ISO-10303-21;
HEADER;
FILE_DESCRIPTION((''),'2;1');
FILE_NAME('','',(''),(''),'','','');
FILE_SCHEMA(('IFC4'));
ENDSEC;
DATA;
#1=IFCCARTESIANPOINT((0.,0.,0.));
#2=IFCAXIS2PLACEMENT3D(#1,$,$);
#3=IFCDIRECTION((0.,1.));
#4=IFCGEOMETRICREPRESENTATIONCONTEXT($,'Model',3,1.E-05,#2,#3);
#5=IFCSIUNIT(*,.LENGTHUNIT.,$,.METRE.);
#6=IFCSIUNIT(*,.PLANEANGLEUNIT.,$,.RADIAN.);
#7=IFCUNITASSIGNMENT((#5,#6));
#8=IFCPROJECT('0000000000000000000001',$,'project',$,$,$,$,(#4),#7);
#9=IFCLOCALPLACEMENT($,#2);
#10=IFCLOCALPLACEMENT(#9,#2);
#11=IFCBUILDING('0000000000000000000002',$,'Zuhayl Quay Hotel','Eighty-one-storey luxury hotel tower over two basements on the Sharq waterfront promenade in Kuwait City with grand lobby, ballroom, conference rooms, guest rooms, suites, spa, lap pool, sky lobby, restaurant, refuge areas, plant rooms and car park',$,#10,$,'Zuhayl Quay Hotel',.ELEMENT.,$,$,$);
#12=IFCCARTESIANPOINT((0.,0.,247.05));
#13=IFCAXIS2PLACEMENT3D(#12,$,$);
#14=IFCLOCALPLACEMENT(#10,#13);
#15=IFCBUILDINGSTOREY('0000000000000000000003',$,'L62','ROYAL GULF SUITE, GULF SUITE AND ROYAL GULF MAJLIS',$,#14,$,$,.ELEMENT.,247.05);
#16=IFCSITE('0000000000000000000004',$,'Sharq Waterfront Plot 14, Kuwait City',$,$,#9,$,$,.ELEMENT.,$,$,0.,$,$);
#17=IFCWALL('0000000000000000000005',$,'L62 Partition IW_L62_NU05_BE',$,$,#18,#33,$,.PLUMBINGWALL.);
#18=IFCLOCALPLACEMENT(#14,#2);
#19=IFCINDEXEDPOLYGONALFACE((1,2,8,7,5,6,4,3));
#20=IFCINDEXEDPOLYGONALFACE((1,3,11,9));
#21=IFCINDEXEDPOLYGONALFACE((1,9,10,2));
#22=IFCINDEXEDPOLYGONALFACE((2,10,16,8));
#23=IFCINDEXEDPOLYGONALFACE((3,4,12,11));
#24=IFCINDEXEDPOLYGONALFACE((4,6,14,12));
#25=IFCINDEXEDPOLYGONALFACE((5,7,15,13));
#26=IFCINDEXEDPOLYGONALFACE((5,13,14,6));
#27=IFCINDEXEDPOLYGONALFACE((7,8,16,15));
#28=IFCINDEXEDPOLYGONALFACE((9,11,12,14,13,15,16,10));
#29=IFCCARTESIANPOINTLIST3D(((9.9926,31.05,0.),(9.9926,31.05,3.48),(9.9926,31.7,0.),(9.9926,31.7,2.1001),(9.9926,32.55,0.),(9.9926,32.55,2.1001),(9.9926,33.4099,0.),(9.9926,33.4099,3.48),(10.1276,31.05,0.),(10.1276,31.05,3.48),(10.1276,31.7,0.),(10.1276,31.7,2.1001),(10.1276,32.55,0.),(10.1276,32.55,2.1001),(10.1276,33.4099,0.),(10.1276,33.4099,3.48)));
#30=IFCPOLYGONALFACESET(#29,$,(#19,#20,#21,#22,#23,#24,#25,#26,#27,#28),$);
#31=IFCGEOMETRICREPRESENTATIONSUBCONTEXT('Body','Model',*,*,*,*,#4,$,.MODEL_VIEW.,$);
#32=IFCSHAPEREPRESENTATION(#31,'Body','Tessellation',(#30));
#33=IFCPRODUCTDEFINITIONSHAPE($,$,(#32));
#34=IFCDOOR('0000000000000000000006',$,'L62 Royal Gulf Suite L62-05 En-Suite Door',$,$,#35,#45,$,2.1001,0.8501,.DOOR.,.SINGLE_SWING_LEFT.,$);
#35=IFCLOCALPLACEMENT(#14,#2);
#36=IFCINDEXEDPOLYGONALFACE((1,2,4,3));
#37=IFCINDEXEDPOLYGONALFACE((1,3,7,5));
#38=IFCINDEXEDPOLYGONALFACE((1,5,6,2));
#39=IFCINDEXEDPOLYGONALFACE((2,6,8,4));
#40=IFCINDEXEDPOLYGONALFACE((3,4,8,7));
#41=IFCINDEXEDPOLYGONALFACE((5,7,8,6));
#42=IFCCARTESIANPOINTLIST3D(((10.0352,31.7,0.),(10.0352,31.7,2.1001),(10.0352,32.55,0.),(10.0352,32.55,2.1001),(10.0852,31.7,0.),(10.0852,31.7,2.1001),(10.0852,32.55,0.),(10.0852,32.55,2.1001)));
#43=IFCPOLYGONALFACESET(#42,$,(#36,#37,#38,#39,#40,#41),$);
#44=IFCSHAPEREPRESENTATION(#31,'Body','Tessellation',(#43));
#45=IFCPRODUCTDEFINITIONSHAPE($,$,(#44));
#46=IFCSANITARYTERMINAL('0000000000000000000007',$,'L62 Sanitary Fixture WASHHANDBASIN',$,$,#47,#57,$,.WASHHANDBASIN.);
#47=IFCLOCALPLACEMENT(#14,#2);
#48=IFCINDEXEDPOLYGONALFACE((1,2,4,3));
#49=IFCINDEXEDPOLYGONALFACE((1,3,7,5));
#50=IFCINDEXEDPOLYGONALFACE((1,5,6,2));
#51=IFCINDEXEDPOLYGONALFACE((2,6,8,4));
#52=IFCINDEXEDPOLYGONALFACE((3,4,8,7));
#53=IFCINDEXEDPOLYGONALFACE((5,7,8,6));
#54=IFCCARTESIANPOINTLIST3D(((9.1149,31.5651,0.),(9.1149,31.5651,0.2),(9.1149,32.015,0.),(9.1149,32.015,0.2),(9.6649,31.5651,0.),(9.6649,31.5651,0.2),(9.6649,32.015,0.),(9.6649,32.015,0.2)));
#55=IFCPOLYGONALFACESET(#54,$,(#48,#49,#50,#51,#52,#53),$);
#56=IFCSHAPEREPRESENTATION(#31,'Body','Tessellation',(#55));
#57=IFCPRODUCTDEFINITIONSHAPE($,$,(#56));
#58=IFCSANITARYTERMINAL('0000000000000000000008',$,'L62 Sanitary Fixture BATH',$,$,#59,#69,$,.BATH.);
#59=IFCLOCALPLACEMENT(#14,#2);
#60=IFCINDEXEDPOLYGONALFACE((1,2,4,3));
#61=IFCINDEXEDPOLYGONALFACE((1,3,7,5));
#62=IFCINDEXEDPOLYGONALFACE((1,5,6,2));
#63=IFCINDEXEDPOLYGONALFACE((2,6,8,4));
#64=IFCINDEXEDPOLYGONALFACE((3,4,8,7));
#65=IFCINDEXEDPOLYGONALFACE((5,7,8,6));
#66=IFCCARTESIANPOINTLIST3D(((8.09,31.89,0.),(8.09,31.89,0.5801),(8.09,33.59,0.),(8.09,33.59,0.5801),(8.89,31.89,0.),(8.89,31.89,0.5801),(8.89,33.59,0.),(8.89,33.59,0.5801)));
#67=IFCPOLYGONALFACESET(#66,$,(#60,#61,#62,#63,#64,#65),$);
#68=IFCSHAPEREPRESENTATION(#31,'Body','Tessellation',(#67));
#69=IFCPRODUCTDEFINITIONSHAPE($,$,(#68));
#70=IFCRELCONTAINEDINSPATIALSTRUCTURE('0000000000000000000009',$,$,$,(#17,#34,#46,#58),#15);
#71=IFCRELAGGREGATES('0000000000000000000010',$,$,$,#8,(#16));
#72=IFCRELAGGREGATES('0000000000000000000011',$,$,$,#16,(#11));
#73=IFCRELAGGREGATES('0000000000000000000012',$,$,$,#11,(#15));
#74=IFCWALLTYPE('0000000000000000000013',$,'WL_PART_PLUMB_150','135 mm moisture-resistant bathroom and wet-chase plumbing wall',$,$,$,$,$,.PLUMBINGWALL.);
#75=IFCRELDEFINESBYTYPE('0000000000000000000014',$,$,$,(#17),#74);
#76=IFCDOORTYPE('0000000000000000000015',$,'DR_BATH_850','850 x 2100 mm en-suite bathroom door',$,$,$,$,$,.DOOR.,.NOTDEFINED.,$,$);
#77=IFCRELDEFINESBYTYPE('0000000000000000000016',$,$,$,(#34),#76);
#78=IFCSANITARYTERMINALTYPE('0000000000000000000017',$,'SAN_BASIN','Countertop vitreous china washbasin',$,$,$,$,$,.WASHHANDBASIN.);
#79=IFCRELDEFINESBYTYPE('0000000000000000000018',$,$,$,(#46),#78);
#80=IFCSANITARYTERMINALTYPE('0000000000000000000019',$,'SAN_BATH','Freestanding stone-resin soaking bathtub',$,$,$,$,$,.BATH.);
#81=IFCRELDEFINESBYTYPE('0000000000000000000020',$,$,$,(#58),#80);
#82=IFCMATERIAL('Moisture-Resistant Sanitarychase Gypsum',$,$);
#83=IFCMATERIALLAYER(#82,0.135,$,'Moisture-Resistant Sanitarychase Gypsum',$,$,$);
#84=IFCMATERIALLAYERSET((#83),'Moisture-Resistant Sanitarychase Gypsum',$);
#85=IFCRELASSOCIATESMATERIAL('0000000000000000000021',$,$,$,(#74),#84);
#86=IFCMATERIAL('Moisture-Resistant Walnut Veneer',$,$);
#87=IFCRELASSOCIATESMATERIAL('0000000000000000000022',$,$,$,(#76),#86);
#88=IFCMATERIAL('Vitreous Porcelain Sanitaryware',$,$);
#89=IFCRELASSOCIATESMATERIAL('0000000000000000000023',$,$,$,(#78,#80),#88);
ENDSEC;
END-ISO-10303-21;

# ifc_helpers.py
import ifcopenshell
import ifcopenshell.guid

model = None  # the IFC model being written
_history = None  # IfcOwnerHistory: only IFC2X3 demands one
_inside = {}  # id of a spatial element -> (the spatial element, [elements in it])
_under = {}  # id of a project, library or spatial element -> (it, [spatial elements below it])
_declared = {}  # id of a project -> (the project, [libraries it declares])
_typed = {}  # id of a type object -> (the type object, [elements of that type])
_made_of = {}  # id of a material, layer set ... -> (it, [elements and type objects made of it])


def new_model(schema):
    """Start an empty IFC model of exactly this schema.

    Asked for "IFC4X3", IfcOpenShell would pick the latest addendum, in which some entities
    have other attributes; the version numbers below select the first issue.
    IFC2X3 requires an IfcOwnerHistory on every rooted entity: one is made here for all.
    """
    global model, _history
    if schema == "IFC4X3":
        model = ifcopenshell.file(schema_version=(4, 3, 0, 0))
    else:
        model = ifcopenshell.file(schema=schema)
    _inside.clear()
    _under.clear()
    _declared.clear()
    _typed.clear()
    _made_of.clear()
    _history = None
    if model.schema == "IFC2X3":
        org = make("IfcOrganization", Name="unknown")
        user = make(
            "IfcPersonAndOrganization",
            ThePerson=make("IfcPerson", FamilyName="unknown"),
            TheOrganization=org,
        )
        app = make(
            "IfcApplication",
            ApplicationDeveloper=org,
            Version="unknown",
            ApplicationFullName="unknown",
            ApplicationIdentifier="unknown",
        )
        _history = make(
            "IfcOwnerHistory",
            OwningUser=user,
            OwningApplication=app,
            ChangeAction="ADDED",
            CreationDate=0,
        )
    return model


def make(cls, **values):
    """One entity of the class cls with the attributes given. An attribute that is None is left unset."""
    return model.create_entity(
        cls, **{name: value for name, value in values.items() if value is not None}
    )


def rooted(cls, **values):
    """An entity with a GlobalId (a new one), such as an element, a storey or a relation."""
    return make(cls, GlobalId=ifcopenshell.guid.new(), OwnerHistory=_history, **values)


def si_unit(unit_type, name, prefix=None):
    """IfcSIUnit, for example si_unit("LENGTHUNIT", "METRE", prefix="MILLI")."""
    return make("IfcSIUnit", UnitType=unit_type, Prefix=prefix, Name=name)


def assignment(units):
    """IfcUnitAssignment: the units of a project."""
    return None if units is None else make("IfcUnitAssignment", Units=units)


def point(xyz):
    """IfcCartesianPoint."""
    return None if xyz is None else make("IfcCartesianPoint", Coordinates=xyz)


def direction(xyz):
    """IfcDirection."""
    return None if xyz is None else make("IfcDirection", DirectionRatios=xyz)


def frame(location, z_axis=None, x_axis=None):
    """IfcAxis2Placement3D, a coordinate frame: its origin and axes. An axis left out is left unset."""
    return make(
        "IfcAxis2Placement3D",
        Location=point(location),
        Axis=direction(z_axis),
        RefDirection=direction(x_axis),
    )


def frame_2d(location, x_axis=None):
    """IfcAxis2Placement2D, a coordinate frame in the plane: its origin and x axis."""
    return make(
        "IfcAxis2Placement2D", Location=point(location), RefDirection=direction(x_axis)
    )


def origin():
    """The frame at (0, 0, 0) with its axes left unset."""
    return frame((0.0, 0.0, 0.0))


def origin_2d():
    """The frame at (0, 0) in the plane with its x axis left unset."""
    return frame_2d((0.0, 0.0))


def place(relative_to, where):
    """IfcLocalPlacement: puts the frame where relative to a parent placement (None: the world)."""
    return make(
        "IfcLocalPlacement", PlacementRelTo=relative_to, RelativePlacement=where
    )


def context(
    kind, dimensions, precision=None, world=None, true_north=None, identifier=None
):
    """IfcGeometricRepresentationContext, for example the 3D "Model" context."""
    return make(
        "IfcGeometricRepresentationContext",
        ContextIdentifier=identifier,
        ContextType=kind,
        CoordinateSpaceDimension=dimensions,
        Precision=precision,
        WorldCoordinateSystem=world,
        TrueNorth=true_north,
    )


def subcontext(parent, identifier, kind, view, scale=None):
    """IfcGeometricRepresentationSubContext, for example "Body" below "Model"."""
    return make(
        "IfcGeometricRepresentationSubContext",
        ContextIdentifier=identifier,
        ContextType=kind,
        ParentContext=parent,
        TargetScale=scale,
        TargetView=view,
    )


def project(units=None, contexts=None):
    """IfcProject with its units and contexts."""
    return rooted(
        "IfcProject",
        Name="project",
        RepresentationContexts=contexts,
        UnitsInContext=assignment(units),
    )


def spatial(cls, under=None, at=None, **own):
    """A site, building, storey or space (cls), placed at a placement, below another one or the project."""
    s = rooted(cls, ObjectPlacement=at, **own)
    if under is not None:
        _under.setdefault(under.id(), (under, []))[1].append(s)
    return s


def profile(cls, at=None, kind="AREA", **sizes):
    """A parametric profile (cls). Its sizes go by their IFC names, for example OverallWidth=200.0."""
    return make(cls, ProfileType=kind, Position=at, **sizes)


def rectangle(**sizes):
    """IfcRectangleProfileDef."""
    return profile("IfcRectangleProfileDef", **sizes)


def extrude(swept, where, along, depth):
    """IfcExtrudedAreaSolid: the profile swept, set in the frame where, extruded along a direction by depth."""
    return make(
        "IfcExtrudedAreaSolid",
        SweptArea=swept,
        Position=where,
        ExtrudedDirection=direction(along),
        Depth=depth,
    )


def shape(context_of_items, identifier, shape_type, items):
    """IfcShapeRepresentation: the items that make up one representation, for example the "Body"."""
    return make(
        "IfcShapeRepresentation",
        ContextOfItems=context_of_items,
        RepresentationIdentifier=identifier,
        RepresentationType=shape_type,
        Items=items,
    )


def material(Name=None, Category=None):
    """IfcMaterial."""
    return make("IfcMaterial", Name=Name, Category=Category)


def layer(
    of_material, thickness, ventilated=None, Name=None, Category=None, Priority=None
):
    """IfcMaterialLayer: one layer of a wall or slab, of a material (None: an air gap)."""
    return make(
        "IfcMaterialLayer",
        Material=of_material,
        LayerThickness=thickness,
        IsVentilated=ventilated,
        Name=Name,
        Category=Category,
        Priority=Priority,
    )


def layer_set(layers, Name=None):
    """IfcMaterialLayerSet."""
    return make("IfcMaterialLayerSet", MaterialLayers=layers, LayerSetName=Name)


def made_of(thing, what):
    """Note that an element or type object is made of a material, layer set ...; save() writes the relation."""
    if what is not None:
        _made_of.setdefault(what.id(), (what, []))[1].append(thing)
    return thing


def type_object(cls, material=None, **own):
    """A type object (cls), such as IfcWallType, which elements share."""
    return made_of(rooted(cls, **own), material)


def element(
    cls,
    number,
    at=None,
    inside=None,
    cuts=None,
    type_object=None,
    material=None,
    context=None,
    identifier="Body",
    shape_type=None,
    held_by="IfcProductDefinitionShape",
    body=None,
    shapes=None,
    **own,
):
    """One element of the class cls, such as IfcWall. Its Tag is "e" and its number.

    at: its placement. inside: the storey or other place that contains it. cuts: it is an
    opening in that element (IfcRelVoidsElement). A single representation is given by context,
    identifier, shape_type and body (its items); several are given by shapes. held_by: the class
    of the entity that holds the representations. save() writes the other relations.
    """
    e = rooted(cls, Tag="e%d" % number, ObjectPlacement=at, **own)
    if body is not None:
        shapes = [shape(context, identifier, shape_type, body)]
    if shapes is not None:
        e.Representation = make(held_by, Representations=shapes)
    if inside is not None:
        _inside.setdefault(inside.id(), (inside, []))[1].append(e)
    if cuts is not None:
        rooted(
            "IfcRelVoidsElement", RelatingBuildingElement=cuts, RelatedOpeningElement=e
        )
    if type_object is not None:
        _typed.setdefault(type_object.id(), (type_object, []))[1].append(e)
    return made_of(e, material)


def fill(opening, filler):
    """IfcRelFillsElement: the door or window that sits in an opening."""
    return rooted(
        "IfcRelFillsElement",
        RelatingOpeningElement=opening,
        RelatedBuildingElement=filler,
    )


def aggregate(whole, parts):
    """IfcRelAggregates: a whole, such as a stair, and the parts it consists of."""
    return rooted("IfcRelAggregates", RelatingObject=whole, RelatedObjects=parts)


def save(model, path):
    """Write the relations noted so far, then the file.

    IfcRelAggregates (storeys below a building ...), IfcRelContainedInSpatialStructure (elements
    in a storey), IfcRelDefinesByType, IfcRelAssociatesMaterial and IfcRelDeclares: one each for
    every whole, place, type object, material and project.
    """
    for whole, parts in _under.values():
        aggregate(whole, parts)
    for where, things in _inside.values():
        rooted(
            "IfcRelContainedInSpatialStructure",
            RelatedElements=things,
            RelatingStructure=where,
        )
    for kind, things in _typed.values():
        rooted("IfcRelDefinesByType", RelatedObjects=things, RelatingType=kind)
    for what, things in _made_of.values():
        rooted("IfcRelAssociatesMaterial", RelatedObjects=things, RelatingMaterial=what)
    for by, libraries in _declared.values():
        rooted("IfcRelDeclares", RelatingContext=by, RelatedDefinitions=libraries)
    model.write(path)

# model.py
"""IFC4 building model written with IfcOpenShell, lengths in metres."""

from ifc_helpers import new_model, si_unit, direction, frame, frame_2d, origin, origin_2d, place, context, subcontext, project, spatial, rectangle, extrude, material, layer, layer_set, type_object, element, fill, save


model = new_model("IFC4")

# Units and contexts
model_context = context("Model", 3, precision=1e-05, world=origin(), true_north=direction((0.0, 1.0)))
body_context = subcontext(model_context, "Body", "Model", "MODEL_VIEW")
ifc_project = project(units=[si_unit("LENGTHUNIT", "METRE"), si_unit("PLANEANGLEUNIT", "RADIAN")], contexts=[model_context])

# Site, building, storey
site_placement = place(None, origin())
site = spatial("IfcSite", under=ifc_project, at=site_placement, Name="Sharq Waterfront Plot 14, Kuwait City", CompositionType="ELEMENT", RefElevation=0.0)
building_placement = place(site_placement, origin())
building = spatial("IfcBuilding", under=site, at=building_placement, Name="Zuhayl Quay Hotel", Description="Eighty-one-storey luxury hotel tower over two basements on the Sharq waterfront promenade in Kuwait City with grand lobby, ballroom, conference rooms, guest rooms, suites, spa, lap pool, sky lobby, restaurant, refuge areas, plant rooms and car park", LongName="Zuhayl Quay Hotel", CompositionType="ELEMENT")
storey_placement = place(building_placement, frame((0.0, 0.0, 247.05)))
storey = spatial("IfcBuildingStorey", under=building, at=storey_placement, Name="L62", Description="ROYAL GULF SUITE, GULF SUITE AND ROYAL GULF MAJLIS", CompositionType="ELEMENT", Elevation=247.05)

# Wall, opening, door
ifc_material_1 = material(Name="Moisture-Resistant Sanitarychase Gypsum")
ifc_layer_1 = layer(ifc_material_1, 0.135, Name="Moisture-Resistant Sanitarychase Gypsum")
ifc_layer_set_1 = layer_set([ifc_layer_1], Name="Moisture-Resistant Sanitarychase Gypsum")
wall_type_1 = type_object("IfcWallType", Name="WL_PART_PLUMB_150", Description="135 mm moisture-resistant bathroom and wet-chase plumbing wall", PredefinedType="PLUMBINGWALL", material=ifc_layer_set_1)
wall_1_placement = place(storey_placement, frame((10.0601, 31.05, 0.0), z_axis=(0.0, 0.0, 1.0), x_axis=(0.0, 1.0, 0.0)))
wall_1 = element("IfcWall", 1, at=wall_1_placement, inside=storey, type_object=wall_type_1, Name="L62 Partition IW_L62_NU05_BE", PredefinedType="PLUMBINGWALL", context=body_context, shape_type="SweptSolid", body=[
    extrude(rectangle(XDim=2.3599, YDim=0.135, at=frame_2d((1.1799, 0.0))), origin(), (0.0, 0.0, 1.0), 3.48),
])
opening_1_placement = place(wall_1_placement, frame((0.6499, 0.0, 0.0)))
opening_1 = element("IfcOpeningElement", 2, at=opening_1_placement, cuts=wall_1, PredefinedType="OPENING", context=body_context, shape_type="SweptSolid", body=[
    extrude(rectangle(XDim=0.8501, YDim=2.1001, at=frame_2d((0.425, 1.05))), frame((0.0, 0.0774, 0.0), z_axis=(0.0, -1.0, 0.0), x_axis=(1.0, 0.0, 0.0)), (0.0, 0.0, 1.0), 0.155),
])
ifc_material_2 = material(Name="Moisture-Resistant Walnut Veneer")
door_type = type_object("IfcDoorType", Name="DR_BATH_850", Description="850 x 2100 mm en-suite bathroom door", OperationType="NOTDEFINED", PredefinedType="DOOR", material=ifc_material_2)
door_placement = place(opening_1_placement, origin())
door = element("IfcDoor", 3, at=door_placement, inside=storey, type_object=door_type, Name="L62 Royal Gulf Suite L62-05 En-Suite Door", OperationType="SINGLE_SWING_LEFT", OverallHeight=2.1001, OverallWidth=0.8501, PredefinedType="DOOR", context=body_context, shape_type="SweptSolid", body=[
    extrude(rectangle(XDim=0.8501, YDim=2.1001, at=frame_2d((0.425, 1.05))), frame((0.0, 0.0249, 0.0), z_axis=(0.0, -1.0, 0.0), x_axis=(1.0, 0.0, 0.0)), (0.0, 0.0, 1.0), 0.05),
])
fill(opening_1, door)

# Sanitary terminals
ifc_material_3 = material(Name="Vitreous Porcelain Sanitaryware")
sanitary_terminal_type_1 = type_object("IfcSanitaryTerminalType", Name="SAN_BASIN", Description="Countertop vitreous china washbasin", PredefinedType="WASHHANDBASIN", material=ifc_material_3)
sanitary_terminal_1_placement = place(storey_placement, frame((9.3899, 31.79, 0.0), z_axis=(0.0, 0.0, 1.0), x_axis=(1.0, 0.0, 0.0)))
element("IfcSanitaryTerminal", 4, at=sanitary_terminal_1_placement, inside=storey, type_object=sanitary_terminal_type_1, Name="L62 Sanitary Fixture WASHHANDBASIN", PredefinedType="WASHHANDBASIN", context=body_context, shape_type="SweptSolid", body=[
    extrude(rectangle(XDim=0.55, YDim=0.45, at=origin_2d()), origin(), (0.0, 0.0, 1.0), 0.2),
])
sanitary_terminal_type_2 = type_object("IfcSanitaryTerminalType", Name="SAN_BATH", Description="Freestanding stone-resin soaking bathtub", PredefinedType="BATH", material=ifc_material_3)
sanitary_terminal_2_placement = place(storey_placement, frame((8.49, 32.74, 0.0), z_axis=(0.0, 0.0, 1.0), x_axis=(1.0, 0.0, 0.0)))
element("IfcSanitaryTerminal", 5, at=sanitary_terminal_2_placement, inside=storey, type_object=sanitary_terminal_type_2, Name="L62 Sanitary Fixture BATH", PredefinedType="BATH", context=body_context, shape_type="SweptSolid", body=[
    extrude(rectangle(XDim=0.8, YDim=1.7, at=origin_2d()), origin(), (0.0, 0.0, 1.0), 0.5801),
])

save(model, "model.ifc")
